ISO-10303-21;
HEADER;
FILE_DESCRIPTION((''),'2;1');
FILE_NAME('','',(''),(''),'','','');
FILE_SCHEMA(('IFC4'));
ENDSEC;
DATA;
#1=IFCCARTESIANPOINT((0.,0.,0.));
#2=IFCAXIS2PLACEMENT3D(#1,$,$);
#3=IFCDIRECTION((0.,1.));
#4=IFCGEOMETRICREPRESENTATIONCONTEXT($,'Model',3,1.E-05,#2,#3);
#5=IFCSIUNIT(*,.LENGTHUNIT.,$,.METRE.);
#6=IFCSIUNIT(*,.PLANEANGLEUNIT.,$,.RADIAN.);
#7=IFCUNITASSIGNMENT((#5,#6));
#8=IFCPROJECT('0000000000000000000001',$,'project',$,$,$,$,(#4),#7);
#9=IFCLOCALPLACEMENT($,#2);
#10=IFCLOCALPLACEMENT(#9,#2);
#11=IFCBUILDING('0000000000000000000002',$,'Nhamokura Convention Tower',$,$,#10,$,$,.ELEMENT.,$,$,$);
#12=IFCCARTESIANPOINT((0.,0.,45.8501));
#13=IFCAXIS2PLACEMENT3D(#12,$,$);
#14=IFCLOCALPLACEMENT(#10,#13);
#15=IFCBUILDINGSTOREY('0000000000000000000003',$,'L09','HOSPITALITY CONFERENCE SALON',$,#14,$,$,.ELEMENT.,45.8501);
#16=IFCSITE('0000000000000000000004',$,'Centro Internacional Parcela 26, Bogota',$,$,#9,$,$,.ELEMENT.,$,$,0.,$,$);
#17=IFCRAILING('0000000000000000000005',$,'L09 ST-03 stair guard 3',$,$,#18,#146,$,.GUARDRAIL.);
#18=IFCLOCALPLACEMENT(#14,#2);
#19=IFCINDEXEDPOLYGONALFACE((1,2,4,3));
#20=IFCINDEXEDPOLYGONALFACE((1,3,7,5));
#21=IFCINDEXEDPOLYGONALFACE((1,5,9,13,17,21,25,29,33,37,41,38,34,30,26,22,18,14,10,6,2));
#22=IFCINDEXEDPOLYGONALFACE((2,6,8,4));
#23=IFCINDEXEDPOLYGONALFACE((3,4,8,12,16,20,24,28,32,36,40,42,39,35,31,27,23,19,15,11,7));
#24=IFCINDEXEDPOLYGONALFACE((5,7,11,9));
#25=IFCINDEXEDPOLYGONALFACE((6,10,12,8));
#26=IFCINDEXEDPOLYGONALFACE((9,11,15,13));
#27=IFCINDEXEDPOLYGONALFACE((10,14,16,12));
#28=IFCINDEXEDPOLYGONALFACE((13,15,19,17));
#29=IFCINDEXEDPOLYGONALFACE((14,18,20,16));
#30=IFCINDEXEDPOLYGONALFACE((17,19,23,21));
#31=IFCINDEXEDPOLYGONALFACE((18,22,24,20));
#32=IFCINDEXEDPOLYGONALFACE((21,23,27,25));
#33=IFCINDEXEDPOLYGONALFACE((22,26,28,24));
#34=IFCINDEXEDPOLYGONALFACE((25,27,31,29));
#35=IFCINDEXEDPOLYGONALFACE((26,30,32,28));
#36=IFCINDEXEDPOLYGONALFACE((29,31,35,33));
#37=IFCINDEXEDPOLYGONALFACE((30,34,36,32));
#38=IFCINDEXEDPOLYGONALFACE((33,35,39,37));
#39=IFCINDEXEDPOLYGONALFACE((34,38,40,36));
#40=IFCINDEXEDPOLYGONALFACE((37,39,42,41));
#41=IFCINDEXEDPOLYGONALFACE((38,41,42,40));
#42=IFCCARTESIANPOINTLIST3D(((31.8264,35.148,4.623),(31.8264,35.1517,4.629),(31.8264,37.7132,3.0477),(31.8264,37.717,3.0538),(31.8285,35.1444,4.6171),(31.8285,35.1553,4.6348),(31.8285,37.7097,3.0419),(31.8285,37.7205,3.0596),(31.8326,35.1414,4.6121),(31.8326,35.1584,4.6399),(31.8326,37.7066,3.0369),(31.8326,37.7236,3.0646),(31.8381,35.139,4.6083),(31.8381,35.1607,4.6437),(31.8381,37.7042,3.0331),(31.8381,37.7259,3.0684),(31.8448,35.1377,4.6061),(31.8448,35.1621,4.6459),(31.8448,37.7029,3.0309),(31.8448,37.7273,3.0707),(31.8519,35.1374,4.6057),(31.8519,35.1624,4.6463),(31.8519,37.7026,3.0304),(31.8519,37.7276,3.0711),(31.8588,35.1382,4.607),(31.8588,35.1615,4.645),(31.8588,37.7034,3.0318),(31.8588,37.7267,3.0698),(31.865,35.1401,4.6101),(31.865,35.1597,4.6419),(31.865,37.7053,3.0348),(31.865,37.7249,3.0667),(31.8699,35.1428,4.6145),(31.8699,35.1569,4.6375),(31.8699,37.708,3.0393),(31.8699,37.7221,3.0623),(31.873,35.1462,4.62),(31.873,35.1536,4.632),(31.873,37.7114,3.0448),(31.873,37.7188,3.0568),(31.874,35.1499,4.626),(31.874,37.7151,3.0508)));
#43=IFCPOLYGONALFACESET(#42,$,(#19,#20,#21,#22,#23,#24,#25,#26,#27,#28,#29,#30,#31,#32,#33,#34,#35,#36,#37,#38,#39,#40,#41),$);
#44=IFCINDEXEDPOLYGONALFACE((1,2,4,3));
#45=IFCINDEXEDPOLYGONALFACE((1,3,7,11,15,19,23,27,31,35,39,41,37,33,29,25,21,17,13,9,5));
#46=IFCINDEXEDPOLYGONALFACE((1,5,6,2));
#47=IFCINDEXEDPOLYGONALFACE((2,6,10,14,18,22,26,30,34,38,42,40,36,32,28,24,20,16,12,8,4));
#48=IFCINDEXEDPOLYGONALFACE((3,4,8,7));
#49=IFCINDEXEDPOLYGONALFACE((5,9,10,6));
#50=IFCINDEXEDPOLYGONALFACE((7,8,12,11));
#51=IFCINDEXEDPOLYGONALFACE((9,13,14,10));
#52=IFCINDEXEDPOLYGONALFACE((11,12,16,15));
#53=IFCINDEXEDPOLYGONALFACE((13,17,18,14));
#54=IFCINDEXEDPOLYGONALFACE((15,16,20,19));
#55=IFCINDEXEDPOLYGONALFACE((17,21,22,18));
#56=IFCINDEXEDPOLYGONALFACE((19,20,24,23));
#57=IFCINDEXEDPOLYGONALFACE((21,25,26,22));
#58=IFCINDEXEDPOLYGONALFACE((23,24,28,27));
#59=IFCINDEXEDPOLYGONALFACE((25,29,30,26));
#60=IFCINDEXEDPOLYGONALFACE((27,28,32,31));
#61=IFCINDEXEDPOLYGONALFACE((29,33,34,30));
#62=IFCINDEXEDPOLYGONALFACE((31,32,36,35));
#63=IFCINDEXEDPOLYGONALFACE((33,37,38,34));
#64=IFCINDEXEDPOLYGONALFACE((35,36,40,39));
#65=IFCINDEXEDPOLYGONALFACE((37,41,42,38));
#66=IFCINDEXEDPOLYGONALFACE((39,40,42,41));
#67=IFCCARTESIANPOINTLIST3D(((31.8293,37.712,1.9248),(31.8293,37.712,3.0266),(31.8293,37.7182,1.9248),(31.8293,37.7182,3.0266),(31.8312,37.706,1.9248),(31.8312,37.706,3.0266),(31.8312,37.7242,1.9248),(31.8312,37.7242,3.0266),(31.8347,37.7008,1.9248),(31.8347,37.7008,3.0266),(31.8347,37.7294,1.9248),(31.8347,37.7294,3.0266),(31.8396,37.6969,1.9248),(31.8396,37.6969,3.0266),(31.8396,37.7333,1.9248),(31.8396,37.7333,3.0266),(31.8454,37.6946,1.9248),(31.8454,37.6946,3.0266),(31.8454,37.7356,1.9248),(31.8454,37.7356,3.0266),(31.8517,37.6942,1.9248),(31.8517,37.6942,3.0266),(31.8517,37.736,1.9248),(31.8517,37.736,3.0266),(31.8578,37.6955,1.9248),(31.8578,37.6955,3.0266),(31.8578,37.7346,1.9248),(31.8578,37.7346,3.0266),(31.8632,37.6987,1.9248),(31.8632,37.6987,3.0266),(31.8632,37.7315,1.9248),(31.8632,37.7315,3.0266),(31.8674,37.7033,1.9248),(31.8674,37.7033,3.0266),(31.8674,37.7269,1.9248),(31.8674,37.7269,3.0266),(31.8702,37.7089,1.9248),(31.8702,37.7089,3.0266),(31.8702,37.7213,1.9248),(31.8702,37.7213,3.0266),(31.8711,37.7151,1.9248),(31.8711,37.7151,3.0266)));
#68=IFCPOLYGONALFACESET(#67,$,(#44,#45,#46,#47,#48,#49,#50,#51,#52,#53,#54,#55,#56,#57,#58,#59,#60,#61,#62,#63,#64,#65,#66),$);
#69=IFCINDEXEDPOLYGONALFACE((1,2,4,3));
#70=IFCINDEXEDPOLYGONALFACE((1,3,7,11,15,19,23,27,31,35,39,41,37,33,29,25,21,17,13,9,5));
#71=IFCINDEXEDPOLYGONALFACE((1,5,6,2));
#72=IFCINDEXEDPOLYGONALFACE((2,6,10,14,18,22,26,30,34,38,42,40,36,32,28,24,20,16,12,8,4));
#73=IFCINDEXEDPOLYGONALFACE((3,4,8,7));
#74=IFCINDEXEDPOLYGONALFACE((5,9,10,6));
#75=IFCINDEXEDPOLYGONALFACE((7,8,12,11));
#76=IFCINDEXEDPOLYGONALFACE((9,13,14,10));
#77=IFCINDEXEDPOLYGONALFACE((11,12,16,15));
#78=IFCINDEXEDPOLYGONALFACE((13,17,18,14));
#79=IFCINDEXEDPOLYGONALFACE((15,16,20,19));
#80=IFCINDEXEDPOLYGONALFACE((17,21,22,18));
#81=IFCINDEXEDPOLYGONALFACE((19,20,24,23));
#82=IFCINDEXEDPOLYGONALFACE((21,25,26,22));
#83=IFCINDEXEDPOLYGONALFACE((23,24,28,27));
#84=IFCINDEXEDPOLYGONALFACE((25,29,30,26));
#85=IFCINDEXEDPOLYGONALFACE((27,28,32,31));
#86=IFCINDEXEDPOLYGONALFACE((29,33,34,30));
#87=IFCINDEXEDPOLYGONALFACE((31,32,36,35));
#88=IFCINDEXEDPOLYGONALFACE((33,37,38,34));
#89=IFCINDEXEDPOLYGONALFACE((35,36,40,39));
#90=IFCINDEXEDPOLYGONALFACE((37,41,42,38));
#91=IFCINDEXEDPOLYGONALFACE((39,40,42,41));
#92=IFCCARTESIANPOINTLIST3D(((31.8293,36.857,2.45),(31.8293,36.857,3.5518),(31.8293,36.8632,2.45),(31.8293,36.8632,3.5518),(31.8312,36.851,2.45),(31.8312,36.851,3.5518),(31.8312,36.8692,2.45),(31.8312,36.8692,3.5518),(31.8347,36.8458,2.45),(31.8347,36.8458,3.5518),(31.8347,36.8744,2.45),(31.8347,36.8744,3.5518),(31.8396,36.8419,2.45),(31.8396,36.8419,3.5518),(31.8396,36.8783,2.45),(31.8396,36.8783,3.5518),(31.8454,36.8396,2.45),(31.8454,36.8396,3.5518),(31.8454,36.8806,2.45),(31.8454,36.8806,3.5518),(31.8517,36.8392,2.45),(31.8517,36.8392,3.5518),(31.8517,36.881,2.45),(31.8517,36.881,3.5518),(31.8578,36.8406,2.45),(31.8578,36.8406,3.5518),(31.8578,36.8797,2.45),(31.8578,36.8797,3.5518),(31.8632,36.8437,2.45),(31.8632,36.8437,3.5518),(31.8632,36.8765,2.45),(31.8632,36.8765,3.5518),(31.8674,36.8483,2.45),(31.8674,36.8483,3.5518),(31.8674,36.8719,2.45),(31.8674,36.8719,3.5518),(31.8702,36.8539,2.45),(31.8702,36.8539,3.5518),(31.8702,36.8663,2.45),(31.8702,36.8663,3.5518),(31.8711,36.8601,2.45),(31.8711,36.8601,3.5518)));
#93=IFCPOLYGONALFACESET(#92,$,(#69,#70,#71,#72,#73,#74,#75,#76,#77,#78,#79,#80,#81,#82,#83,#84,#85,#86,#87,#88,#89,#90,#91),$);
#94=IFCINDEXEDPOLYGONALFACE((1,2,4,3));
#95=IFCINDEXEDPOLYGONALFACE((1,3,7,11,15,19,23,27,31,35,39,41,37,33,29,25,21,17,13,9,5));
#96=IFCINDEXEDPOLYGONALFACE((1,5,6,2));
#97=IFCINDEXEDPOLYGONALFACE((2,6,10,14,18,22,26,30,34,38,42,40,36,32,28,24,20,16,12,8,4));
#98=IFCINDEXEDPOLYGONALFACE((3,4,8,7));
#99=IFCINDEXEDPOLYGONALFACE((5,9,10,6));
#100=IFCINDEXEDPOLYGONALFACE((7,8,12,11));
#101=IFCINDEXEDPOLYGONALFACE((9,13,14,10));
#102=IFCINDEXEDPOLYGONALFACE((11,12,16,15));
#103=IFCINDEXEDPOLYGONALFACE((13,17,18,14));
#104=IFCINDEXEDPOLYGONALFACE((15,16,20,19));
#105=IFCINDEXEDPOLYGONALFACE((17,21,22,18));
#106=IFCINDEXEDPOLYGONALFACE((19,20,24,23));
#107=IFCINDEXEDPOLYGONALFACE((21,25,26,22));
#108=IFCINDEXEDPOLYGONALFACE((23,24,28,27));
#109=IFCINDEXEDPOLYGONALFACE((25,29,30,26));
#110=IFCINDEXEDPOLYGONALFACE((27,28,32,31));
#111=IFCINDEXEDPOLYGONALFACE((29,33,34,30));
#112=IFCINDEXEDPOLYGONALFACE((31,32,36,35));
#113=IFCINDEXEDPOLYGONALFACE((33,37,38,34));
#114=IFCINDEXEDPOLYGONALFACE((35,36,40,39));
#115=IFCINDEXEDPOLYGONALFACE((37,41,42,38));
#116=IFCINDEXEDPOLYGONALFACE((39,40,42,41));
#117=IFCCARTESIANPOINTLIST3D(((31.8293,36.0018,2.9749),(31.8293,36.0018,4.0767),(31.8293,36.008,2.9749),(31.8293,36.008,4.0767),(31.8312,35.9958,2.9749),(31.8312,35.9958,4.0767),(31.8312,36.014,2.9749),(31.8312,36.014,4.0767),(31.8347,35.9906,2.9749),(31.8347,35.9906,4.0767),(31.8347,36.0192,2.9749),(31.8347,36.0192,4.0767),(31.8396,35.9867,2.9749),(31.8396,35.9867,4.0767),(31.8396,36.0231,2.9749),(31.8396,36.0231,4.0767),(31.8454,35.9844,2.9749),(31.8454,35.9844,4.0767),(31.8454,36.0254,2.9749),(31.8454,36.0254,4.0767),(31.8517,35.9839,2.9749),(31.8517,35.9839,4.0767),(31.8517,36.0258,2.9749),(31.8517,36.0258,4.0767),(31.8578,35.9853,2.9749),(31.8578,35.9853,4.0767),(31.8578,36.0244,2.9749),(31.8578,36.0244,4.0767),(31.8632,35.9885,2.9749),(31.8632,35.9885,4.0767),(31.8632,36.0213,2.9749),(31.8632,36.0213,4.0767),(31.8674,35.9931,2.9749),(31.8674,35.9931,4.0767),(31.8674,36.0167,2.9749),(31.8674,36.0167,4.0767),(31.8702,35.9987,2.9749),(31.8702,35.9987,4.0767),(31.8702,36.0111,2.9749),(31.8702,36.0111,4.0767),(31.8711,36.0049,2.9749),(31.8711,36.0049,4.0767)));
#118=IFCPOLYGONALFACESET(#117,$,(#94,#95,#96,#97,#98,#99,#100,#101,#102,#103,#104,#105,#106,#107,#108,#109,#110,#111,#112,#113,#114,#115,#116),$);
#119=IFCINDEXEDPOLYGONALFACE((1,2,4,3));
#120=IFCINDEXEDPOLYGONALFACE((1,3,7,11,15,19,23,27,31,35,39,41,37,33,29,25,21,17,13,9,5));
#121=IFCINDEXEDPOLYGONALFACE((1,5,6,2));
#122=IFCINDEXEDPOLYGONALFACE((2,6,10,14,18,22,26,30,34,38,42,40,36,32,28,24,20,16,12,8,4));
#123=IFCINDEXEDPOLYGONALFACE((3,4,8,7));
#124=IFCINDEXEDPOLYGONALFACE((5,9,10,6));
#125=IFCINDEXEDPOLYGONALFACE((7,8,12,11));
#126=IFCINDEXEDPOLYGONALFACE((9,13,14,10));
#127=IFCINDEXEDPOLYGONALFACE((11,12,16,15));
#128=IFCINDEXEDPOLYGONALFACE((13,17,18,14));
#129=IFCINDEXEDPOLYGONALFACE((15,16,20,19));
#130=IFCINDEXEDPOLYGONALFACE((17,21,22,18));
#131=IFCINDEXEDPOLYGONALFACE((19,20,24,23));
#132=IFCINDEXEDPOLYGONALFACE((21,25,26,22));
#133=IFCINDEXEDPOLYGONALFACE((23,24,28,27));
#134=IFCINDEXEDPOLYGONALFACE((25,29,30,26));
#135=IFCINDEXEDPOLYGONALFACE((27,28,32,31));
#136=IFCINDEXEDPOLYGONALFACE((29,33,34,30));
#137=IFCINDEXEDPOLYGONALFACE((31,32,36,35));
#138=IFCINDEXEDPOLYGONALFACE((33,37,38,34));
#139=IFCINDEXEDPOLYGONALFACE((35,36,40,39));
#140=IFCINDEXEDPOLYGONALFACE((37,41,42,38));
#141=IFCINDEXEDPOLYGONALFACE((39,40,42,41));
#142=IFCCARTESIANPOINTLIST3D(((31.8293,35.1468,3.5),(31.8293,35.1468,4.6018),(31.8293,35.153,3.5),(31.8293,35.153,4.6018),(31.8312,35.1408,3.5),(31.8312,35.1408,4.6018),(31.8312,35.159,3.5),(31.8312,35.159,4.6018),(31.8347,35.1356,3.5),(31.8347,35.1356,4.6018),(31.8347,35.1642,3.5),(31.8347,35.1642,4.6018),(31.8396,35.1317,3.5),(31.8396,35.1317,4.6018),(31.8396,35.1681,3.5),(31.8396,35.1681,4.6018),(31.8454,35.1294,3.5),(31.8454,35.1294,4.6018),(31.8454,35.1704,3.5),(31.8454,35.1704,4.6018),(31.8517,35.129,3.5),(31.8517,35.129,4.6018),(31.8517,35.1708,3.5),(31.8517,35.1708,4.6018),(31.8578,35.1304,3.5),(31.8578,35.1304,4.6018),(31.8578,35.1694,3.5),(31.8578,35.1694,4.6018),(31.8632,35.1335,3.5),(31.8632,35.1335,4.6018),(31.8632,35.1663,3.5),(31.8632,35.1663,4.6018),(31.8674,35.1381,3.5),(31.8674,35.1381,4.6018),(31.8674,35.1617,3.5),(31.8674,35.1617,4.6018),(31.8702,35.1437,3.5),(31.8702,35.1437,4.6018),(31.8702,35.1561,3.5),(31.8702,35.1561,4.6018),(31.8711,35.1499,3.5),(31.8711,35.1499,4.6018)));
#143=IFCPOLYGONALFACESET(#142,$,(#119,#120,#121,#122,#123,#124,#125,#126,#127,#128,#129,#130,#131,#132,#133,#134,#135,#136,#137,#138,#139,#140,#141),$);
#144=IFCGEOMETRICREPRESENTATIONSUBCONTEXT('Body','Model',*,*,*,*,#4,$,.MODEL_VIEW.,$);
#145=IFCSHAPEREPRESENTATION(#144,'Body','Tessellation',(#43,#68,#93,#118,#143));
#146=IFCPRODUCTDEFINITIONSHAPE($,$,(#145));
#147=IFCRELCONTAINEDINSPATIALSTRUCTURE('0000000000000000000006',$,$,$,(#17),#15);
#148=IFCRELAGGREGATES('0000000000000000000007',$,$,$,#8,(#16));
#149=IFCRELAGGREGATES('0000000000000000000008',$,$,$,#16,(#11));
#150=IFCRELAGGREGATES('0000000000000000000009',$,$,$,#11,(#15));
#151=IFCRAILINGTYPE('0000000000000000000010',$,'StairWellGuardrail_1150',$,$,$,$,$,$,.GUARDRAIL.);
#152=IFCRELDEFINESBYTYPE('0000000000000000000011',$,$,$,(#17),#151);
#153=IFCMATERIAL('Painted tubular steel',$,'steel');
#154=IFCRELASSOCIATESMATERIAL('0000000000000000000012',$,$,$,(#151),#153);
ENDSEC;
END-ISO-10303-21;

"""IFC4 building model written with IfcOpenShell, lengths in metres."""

from ifc_helpers import new_model, si_unit, direction, frame, origin, origin_2d, place, context, subcontext, project, spatial, circle, extrude, material, type_object, element, save


model = new_model("IFC4")

# Units and contexts
model_context = context("Model", 3, precision=1e-05, world=origin(), true_north=direction((0.0, 1.0)))
body_context = subcontext(model_context, "Body", "Model", "MODEL_VIEW")
ifc_project = project(units=[si_unit("LENGTHUNIT", "METRE"), si_unit("PLANEANGLEUNIT", "RADIAN")], contexts=[model_context])

# Site, building, storey
site_placement = place(None, origin())
site = spatial("IfcSite", under=ifc_project, at=site_placement, Name="Centro Internacional Parcela 26, Bogota", CompositionType="ELEMENT", RefElevation=0.0)
building_placement = place(site_placement, origin())
building = spatial("IfcBuilding", under=site, at=building_placement, Name="Nhamokura Convention Tower", CompositionType="ELEMENT")
storey_placement = place(building_placement, frame((0.0, 0.0, 45.8501)))
storey = spatial("IfcBuildingStorey", under=building, at=storey_placement, Name="L09", Description="HOSPITALITY CONFERENCE SALON", CompositionType="ELEMENT", Elevation=45.8501)

# Railing
ifc_material_1 = material(Name="Painted tubular steel", Category="steel")
railing_type_1 = type_object("IfcRailingType", Name="StairWellGuardrail_1150", PredefinedType="GUARDRAIL", material=ifc_material_1)
railing_1_placement = place(storey_placement, frame((31.8501, 37.7151, 1.9248)))
element("IfcRailing", 1, at=railing_1_placement, inside=storey, type_object=railing_type_1, Name="L09 ST-03 stair guard 3", PredefinedType="GUARDRAIL", context=body_context, shape_type="SweptSolid", body=[
    extrude(circle(Radius=0.0239, at=origin_2d()), frame((0.0, 0.0, 1.126), z_axis=(0.0, -0.852159, 0.523283), x_axis=(1.0, 0.0, 0.0)), (0.0, 0.0, 1.0), 3.0103),
    extrude(circle(Radius=0.021, at=origin_2d()), origin(), (0.0, 0.0, 1.0), 1.1018),
    extrude(circle(Radius=0.021, at=origin_2d()), frame((0.0, -0.855, 0.5251)), (0.0, 0.0, 1.0), 1.1018),
    extrude(circle(Radius=0.021, at=origin_2d()), frame((0.0, -1.7102, 1.05)), (0.0, 0.0, 1.0), 1.1018),
    extrude(circle(Radius=0.021, at=origin_2d()), frame((0.0, -2.5652, 1.5752)), (0.0, 0.0, 1.0), 1.1018),
])

save(model, "model.ifc")
